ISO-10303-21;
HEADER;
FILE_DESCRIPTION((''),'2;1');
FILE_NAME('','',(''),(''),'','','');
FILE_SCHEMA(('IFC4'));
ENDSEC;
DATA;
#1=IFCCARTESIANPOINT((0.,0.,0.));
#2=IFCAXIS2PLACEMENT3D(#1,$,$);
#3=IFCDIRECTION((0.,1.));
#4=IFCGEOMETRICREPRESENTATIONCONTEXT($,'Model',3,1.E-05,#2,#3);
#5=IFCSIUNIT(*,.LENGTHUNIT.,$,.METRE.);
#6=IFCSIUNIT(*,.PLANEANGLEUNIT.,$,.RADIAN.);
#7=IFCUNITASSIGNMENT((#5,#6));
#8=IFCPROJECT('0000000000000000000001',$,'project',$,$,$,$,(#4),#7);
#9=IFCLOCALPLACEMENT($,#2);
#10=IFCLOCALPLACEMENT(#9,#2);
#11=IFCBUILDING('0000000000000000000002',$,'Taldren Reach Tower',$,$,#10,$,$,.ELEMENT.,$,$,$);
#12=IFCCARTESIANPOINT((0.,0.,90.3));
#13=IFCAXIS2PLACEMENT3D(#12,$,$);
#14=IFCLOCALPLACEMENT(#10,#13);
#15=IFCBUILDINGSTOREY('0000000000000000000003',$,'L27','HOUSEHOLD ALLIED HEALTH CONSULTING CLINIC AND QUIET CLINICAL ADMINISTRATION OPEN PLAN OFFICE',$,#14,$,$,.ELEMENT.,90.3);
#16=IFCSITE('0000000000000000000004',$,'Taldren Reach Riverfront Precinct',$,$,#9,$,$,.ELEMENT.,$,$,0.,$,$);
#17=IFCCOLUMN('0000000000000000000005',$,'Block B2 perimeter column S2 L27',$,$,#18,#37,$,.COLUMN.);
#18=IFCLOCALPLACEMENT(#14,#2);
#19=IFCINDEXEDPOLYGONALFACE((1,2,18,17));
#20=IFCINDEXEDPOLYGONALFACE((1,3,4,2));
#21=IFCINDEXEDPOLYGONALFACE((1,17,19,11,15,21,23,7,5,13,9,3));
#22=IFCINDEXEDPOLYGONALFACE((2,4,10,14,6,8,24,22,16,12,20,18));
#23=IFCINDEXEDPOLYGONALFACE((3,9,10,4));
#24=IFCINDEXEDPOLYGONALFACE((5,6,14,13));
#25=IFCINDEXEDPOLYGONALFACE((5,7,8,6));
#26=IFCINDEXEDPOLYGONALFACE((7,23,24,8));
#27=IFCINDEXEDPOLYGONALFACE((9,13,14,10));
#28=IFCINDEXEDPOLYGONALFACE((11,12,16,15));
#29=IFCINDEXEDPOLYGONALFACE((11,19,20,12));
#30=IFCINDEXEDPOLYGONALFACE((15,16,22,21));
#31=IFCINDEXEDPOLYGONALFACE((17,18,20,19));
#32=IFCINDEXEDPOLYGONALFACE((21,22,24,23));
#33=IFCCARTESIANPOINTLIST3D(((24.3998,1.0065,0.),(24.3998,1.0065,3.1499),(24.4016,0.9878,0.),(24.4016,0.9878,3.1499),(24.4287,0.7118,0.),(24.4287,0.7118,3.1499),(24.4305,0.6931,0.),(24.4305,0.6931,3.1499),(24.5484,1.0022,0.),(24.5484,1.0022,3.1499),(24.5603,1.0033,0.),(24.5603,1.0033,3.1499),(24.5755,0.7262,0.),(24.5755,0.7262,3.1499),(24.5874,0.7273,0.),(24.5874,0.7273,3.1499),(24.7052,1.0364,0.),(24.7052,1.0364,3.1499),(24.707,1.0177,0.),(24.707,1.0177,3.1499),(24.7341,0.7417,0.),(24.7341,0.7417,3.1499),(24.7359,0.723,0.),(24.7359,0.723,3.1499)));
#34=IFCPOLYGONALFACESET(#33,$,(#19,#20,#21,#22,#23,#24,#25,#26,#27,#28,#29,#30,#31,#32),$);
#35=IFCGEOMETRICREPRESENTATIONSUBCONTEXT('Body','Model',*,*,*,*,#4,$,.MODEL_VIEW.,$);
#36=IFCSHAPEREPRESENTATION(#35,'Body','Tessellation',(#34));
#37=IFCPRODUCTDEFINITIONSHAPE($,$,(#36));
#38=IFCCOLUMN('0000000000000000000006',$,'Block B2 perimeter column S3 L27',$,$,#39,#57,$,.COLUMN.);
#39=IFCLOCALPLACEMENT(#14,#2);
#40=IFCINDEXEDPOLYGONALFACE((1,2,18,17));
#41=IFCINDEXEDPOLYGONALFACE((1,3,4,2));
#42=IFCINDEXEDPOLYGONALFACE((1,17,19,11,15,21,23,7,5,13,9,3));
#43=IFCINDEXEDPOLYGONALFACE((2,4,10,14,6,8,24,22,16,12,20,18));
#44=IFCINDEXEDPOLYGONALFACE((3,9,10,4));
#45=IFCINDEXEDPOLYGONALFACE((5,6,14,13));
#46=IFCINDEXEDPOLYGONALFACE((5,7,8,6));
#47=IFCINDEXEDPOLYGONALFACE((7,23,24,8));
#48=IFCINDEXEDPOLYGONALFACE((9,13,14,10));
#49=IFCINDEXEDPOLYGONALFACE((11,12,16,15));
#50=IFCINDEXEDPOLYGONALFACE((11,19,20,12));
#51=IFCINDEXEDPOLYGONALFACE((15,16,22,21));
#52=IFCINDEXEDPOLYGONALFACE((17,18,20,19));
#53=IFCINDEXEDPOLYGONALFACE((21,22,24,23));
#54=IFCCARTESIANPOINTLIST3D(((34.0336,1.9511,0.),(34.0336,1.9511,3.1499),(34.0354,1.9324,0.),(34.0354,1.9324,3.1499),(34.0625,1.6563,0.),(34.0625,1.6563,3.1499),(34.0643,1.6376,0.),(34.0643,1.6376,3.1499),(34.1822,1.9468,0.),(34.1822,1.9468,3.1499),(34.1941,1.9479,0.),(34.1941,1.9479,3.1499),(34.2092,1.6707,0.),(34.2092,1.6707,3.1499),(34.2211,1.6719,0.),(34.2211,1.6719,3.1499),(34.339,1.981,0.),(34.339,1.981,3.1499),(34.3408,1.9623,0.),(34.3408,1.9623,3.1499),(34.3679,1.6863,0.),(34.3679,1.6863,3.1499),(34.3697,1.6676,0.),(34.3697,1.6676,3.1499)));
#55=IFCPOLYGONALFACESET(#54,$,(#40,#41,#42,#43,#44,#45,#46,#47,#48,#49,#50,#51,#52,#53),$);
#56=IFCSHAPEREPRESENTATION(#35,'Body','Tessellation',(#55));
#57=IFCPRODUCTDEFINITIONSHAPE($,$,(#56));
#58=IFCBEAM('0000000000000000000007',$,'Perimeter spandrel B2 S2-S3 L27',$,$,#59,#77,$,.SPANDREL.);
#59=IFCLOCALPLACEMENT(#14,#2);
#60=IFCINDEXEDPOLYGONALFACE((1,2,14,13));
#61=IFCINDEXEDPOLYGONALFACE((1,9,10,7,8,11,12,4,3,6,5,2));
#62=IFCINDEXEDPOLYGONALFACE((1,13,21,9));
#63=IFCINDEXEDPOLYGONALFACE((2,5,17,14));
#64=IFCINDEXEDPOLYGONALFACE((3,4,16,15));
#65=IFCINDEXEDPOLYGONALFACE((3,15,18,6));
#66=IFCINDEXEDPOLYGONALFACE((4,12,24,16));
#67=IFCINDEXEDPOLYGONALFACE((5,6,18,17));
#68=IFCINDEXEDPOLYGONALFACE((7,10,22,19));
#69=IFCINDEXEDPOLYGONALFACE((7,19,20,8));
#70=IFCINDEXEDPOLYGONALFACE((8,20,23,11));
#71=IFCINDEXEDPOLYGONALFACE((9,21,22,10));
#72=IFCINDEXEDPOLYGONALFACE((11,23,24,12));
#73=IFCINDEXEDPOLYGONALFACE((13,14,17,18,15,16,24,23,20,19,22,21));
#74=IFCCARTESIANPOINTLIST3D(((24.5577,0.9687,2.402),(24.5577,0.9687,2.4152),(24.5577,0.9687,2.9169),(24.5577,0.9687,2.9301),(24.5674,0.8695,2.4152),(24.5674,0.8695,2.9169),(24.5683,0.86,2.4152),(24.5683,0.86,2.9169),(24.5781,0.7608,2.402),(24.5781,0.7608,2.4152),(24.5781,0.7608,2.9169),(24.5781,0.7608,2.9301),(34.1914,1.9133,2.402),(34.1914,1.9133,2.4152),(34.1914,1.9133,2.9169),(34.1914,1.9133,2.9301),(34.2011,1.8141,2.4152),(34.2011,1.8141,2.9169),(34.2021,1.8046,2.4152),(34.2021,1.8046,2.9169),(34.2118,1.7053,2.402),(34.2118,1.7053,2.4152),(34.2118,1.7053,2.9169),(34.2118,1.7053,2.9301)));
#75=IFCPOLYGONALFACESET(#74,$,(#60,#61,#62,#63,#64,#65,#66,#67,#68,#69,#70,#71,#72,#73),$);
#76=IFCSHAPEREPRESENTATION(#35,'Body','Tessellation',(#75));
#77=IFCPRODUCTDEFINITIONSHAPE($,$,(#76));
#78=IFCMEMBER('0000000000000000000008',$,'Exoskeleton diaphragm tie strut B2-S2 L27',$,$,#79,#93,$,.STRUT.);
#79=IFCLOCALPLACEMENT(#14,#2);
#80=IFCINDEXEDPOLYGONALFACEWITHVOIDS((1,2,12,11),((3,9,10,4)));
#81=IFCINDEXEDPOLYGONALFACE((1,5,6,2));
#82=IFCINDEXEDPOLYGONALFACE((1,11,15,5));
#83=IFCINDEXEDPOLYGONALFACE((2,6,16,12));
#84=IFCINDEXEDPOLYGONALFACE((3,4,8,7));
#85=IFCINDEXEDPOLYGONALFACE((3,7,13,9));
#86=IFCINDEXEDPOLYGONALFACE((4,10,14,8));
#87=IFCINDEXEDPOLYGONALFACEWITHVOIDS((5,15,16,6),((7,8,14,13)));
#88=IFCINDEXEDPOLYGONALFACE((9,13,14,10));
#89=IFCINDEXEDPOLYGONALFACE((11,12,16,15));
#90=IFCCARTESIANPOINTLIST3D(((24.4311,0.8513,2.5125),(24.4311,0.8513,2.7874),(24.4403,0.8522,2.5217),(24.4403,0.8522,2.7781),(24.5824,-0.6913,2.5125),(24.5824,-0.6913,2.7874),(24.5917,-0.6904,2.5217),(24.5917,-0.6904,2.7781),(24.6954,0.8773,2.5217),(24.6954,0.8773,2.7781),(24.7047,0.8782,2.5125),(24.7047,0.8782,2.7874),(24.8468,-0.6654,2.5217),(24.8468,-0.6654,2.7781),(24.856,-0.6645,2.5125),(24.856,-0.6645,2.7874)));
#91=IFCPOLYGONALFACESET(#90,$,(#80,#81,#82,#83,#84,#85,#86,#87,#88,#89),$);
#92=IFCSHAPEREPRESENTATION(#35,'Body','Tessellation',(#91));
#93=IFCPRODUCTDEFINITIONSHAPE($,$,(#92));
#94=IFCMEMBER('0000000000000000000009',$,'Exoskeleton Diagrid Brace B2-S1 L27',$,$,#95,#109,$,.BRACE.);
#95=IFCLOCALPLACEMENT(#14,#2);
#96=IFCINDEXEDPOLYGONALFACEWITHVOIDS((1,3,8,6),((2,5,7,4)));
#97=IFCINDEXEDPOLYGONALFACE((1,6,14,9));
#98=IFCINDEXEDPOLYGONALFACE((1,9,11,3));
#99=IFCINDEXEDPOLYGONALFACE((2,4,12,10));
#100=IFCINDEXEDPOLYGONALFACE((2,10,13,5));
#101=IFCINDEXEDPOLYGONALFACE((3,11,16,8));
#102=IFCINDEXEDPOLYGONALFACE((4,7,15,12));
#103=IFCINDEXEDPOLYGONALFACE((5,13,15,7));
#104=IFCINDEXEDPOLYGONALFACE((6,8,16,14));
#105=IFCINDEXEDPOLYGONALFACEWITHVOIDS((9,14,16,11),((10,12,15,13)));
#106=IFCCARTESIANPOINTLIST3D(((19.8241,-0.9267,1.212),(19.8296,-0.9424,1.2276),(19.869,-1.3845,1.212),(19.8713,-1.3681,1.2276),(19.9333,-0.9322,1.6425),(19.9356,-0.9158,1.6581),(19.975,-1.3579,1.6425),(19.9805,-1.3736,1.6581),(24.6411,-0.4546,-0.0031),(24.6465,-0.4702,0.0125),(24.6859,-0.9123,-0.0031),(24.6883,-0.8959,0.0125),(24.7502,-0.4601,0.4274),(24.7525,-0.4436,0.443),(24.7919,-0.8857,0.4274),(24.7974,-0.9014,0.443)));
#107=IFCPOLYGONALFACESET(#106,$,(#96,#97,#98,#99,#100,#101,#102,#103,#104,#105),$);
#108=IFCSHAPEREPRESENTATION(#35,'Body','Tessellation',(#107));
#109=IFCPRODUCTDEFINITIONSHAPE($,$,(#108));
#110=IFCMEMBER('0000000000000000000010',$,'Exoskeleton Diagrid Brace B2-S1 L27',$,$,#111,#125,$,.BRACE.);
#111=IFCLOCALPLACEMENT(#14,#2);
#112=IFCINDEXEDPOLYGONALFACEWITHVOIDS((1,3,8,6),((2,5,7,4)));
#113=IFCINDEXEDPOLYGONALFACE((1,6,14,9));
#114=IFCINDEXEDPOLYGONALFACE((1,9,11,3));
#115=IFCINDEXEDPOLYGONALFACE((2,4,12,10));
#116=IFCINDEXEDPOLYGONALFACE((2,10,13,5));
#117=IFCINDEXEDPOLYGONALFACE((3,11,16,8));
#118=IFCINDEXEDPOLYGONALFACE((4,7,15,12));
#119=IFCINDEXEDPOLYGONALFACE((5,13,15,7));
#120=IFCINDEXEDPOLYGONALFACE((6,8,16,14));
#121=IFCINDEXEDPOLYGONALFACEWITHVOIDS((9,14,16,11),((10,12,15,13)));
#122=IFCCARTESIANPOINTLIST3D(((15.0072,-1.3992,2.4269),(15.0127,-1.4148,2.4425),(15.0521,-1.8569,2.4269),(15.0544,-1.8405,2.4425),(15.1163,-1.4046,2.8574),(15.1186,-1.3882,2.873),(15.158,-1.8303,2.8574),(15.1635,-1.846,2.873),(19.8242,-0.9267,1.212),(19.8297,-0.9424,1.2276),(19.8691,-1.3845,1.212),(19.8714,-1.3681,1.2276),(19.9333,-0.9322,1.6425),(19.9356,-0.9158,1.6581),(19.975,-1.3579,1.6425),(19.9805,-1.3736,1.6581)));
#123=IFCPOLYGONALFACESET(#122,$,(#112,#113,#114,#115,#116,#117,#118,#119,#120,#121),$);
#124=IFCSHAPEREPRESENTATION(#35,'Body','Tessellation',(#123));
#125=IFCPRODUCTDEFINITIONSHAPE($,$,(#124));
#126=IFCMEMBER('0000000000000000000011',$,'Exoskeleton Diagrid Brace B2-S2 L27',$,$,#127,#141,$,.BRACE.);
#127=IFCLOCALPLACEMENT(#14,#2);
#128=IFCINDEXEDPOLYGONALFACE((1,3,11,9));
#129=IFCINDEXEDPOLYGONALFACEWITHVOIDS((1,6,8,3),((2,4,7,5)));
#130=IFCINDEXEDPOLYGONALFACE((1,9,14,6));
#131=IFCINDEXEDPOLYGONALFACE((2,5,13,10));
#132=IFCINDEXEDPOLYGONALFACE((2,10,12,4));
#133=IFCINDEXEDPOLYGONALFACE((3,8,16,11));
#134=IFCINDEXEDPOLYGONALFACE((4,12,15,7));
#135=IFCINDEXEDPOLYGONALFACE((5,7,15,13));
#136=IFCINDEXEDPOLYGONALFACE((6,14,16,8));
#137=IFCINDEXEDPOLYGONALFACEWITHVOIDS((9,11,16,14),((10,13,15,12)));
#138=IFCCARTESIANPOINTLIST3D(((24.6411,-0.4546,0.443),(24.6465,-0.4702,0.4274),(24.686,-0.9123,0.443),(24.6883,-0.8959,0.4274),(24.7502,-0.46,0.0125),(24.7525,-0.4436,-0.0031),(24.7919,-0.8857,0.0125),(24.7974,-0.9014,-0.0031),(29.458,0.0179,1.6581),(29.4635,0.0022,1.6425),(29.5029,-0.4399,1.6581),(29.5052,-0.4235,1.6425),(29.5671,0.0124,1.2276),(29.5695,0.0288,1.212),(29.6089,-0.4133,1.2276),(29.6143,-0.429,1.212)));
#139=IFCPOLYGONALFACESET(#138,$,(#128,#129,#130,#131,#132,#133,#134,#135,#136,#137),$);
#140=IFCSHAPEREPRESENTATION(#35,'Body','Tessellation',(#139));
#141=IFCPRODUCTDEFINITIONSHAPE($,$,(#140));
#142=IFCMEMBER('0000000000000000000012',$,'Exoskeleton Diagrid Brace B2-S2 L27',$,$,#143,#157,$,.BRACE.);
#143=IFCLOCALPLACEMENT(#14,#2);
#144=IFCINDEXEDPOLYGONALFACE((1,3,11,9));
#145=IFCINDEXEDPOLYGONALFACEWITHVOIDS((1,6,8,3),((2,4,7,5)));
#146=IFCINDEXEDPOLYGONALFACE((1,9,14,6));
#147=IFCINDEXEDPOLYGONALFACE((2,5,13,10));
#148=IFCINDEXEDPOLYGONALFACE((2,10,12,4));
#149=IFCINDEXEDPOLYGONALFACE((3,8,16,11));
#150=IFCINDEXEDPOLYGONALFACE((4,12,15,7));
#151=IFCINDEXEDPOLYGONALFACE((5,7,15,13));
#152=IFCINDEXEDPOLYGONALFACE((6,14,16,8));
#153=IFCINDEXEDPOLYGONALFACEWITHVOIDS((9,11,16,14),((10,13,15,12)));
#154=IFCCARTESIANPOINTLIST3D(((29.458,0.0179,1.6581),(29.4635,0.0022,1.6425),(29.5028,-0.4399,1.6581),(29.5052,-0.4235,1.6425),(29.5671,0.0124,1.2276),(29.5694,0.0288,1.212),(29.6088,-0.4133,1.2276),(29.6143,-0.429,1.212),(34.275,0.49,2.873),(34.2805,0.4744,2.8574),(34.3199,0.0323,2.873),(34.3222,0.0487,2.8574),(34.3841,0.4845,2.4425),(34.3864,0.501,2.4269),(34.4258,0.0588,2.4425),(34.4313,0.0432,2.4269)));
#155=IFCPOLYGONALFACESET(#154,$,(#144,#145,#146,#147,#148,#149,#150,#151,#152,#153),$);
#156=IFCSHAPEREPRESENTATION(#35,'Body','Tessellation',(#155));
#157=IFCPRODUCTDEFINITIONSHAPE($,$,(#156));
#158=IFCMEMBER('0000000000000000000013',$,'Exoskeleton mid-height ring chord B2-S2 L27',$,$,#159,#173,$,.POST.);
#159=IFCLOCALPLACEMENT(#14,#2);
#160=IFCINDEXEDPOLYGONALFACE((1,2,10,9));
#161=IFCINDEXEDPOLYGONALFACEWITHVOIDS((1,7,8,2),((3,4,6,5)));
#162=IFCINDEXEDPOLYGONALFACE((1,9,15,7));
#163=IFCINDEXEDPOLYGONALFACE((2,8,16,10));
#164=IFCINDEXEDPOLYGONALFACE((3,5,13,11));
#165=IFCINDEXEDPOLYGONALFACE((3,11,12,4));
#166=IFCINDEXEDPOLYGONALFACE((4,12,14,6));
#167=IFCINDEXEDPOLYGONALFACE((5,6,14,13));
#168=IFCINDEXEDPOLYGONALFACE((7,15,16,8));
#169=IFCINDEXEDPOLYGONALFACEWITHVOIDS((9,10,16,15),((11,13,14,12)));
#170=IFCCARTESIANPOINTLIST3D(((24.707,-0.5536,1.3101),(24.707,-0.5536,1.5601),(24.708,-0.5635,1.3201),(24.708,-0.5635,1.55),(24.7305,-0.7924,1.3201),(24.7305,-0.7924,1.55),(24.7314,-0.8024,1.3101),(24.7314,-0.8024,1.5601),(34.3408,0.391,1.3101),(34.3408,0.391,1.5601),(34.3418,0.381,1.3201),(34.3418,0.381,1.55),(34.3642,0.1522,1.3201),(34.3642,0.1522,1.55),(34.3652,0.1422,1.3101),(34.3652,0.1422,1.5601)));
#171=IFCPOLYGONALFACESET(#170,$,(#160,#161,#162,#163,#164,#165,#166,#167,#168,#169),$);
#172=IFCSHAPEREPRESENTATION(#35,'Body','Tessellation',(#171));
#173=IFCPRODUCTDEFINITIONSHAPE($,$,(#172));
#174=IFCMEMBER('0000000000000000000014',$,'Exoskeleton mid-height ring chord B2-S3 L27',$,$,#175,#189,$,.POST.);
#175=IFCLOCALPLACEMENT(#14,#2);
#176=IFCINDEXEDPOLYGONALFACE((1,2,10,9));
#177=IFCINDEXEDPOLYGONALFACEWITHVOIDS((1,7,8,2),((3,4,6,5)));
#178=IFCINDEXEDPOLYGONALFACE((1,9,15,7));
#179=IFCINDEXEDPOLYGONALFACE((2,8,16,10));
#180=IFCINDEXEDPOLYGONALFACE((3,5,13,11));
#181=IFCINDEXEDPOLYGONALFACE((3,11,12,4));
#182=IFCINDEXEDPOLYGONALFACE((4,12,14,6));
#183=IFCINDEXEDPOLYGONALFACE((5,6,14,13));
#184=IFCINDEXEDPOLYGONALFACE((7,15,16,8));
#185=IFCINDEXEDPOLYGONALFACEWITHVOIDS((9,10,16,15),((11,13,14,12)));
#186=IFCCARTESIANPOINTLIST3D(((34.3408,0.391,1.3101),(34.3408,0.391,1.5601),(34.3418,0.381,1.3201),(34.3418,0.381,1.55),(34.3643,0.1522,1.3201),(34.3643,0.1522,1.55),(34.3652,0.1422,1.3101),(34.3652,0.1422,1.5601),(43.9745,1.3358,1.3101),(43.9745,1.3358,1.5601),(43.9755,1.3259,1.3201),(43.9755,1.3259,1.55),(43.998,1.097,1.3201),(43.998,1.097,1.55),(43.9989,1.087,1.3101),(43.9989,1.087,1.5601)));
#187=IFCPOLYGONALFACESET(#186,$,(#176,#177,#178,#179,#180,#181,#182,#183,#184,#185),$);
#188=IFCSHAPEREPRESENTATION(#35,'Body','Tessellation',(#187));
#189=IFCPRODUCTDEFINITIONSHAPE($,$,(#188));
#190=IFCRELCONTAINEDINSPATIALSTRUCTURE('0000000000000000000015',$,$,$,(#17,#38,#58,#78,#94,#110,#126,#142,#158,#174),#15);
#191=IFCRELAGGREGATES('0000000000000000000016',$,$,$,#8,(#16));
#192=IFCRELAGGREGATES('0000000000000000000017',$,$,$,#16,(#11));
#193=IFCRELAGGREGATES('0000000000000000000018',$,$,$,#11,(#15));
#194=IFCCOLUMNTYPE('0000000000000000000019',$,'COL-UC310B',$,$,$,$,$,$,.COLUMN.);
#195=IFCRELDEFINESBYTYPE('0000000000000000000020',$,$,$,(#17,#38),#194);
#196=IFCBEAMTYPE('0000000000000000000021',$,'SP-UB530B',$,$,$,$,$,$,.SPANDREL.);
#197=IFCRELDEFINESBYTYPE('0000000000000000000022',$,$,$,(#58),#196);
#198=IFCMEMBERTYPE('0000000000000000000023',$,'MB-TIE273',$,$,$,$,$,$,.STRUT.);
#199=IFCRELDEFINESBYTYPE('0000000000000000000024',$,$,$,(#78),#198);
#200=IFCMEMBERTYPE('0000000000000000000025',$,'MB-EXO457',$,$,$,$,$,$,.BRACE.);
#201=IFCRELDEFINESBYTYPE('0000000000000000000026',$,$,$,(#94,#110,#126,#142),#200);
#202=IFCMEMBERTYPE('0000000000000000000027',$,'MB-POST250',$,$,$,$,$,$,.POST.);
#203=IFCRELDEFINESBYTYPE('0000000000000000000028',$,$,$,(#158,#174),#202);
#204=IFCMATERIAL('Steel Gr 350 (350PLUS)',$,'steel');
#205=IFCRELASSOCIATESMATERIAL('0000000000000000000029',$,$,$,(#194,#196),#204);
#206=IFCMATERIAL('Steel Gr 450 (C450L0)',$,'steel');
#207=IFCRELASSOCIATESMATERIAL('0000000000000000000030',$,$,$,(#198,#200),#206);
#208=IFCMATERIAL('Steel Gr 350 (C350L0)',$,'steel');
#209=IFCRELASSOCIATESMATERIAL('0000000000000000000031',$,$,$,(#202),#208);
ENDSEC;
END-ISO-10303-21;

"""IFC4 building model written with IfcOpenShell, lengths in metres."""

from ifc_helpers import new_model, si_unit, direction, frame, origin, origin_2d, place, context, subcontext, project, spatial, hollow_rectangle, i_section, extrude, source, transform, mapped, material, material_profile, profile_set, type_object, element, save


model = new_model("IFC4")

# Units and contexts
model_context = context("Model", 3, precision=1e-05, world=origin(), true_north=direction((0.0, 1.0)))
body_context = subcontext(model_context, "Body", "Model", "MODEL_VIEW")
ifc_project = project(units=[si_unit("LENGTHUNIT", "METRE"), si_unit("PLANEANGLEUNIT", "RADIAN")], contexts=[model_context])

# Site, building, storey
site_placement = place(None, origin())
site = spatial("IfcSite", under=ifc_project, at=site_placement, Name="Taldren Reach Riverfront Precinct", CompositionType="ELEMENT", RefElevation=0.0)
building_placement = place(site_placement, origin())
building = spatial("IfcBuilding", under=site, at=building_placement, Name="Taldren Reach Tower", CompositionType="ELEMENT")
storey_placement = place(building_placement, frame((0.0, 0.0, 90.3)))
storey = spatial("IfcBuildingStorey", under=building, at=storey_placement, Name="L27", Description="HOUSEHOLD ALLIED HEALTH CONSULTING CLINIC AND QUIET CLINICAL ADMINISTRATION OPEN PLAN OFFICE", CompositionType="ELEMENT", Elevation=90.3)

# Columns
ifc_material_1 = material(Name="Steel Gr 350 (350PLUS)", Category="steel")
ifc_material_profile_1 = material_profile(ifc_material_1, i_section(OverallWidth=0.3069, OverallDepth=0.3149, WebThickness=0.012, FlangeThickness=0.0188, at=origin_2d()), Name="310UC118")
ifc_profile_set_1 = profile_set([ifc_material_profile_1], Name="Steel Gr 350 (350PLUS)")
column_type = type_object("IfcColumnType", Name="COL-UC310B", PredefinedType="COLUMN", material=ifc_profile_set_1)
shared_shape_1 = source(origin(), body_context, "Body", "SweptSolid", [
    extrude(i_section(OverallWidth=0.3069, OverallDepth=0.3149, WebThickness=0.012, FlangeThickness=0.0188, at=origin_2d()), origin(), (0.0, 0.0, 1.0), 3.1499),
])
for number, where, z_axis, x_axis, name in (
    (1, (24.5679, 0.8647, 0.0), (0.0, 0.0, 1.0), (0.995227, 0.097583, 0.0), "Block B2 perimeter column S2 L27"),
    (2, (34.2017, 1.8093, 0.0), (0.0, 0.0, 1.0), (0.995227, 0.097583, 0.0), "Block B2 perimeter column S3 L27"),
):
    element("IfcColumn", number, at=place(storey_placement, frame(where, z_axis=z_axis, x_axis=x_axis)), inside=storey, type_object=column_type, Name=name, PredefinedType="COLUMN", context=body_context, shape_type="MappedRepresentation", body=[
        mapped(shared_shape_1, transform((0.0, 0.0, 0.0), scale=1.0)),
    ])

# Beam
ifc_material_profile_2 = material_profile(ifc_material_1, i_section(OverallWidth=0.209, OverallDepth=0.5281, WebThickness=0.0095, FlangeThickness=0.0132, at=origin_2d()), Name="530UB82.0")
ifc_profile_set_2 = profile_set([ifc_material_profile_2], Name="Steel Gr 350 (350PLUS)")
beam_type = type_object("IfcBeamType", Name="SP-UB530B", PredefinedType="SPANDREL", material=ifc_profile_set_2)
shared_shape_2 = source(origin(), body_context, "Body", "SweptSolid", [
    extrude(i_section(OverallWidth=0.209, OverallDepth=0.5281, WebThickness=0.0095, FlangeThickness=0.0132, at=origin_2d()), origin(), (0.0, 0.0, 1.0), 9.6799),
])
beam_placement = place(storey_placement, frame((24.5679, 0.8647, 2.666), z_axis=(0.995228, 0.097581, 0.0), x_axis=(-0.097581, 0.995228, 0.0)))
element("IfcBeam", 3, at=beam_placement, inside=storey, type_object=beam_type, Name="Perimeter spandrel B2 S2-S3 L27", PredefinedType="SPANDREL", context=body_context, shape_type="MappedRepresentation", body=[
    mapped(shared_shape_2, transform((0.0, 0.0, 0.0), scale=1.0)),
])

# Members
ifc_material_2 = material(Name="Steel Gr 450 (C450L0)", Category="steel")
ifc_material_profile_3 = material_profile(ifc_material_2, hollow_rectangle(XDim=0.2749, YDim=0.2749, WallThickness=0.0093, at=origin_2d()), Name="275x275x9.3SHS")
ifc_profile_set_3 = profile_set([ifc_material_profile_3], Name="Steel Gr 450 (C450L0)")
member_type_1 = type_object("IfcMemberType", Name="MB-TIE273", PredefinedType="STRUT", material=ifc_profile_set_3)
shared_shape_3 = source(origin(), body_context, "Body", "SweptSolid", [
    extrude(hollow_rectangle(XDim=0.2749, YDim=0.2749, WallThickness=0.0093, at=origin_2d()), origin(), (0.0, 0.0, 1.0), 1.55),
])
member_1_placement = place(storey_placement, frame((24.5679, 0.8647, 2.6499), z_axis=(0.097648, -0.995221, 0.0), x_axis=(0.995221, 0.097648, 0.0)))
element("IfcMember", 4, at=member_1_placement, inside=storey, type_object=member_type_1, Name="Exoskeleton diaphragm tie strut B2-S2 L27", PredefinedType="STRUT", context=body_context, shape_type="MappedRepresentation", body=[
    mapped(shared_shape_3, transform((0.0, 0.0, 0.0), scale=1.0)),
])
ifc_material_profile_4 = material_profile(ifc_material_2, hollow_rectangle(XDim=0.46, YDim=0.46, WallThickness=0.0161, at=origin_2d()), Name="460x460x16.0SHS")
ifc_profile_set_4 = profile_set([ifc_material_profile_4], Name="Steel Gr 450 (C450L0)")
member_type_2 = type_object("IfcMemberType", Name="MB-EXO457", PredefinedType="BRACE", material=ifc_profile_set_4)
shared_shape_4 = source(origin(), body_context, "Body", "SweptSolid", [
    extrude(hollow_rectangle(XDim=0.46, YDim=0.46, WallThickness=0.0161, at=origin_2d()), origin(), (0.0, 0.0, 1.0), 4.9902),
])
for number, where, z_axis, x_axis, name in (
    (5, (24.7192, -0.678, 0.22), (-0.965276, -0.09462, 0.243496), (0.097556, -0.99523, 0.0), "Exoskeleton Diagrid Brace B2-S1 L27"),
    (6, (19.9023, -1.1501, 1.4351), (-0.965283, -0.094669, 0.243449), (0.097606, -0.995225, 0.0), "Exoskeleton Diagrid Brace B2-S1 L27"),
    (7, (24.7192, -0.678, 0.22), (0.965271, 0.094668, 0.243495), (-0.097606, 0.995225, 0.0), "Exoskeleton Diagrid Brace B2-S2 L27"),
    (8, (29.5361, -0.2056, 1.4351), (0.965287, 0.094621, 0.24345), (-0.097556, 0.99523, 0.0), "Exoskeleton Diagrid Brace B2-S2 L27"),
):
    element("IfcMember", number, at=place(storey_placement, frame(where, z_axis=z_axis, x_axis=x_axis)), inside=storey, type_object=member_type_2, Name=name, PredefinedType="BRACE", context=body_context, shape_type="MappedRepresentation", body=[
        mapped(shared_shape_4, transform((0.0, 0.0, 0.0), scale=1.0)),
    ])
ifc_material_3 = material(Name="Steel Gr 350 (C350L0)", Category="steel")
ifc_material_profile_5 = material_profile(ifc_material_3, hollow_rectangle(XDim=0.25, YDim=0.25, WallThickness=0.01, at=origin_2d()), Name="250x250x10.0SHS")
ifc_profile_set_5 = profile_set([ifc_material_profile_5], Name="Steel Gr 350 (C350L0)")
member_type_3 = type_object("IfcMemberType", Name="MB-POST250", PredefinedType="POST", material=ifc_profile_set_5)
shared_shape_5 = source(origin(), body_context, "Body", "SweptSolid", [
    extrude(hollow_rectangle(XDim=0.25, YDim=0.25, WallThickness=0.01, at=origin_2d()), origin(), (0.0, 0.0, 1.0), 9.6799),
])
for number, where, z_axis, x_axis, name in (
    (9, (24.7192, -0.678, 1.4351), (0.995228, 0.097581, 0.0), (-0.097581, 0.995228, 0.0), "Exoskeleton mid-height ring chord B2-S2 L27"),
    (10, (34.353, 0.2666, 1.4351), (0.995225, 0.097606, 0.0), (-0.097606, 0.995225, 0.0), "Exoskeleton mid-height ring chord B2-S3 L27"),
):
    element("IfcMember", number, at=place(storey_placement, frame(where, z_axis=z_axis, x_axis=x_axis)), inside=storey, type_object=member_type_3, Name=name, PredefinedType="POST", context=body_context, shape_type="MappedRepresentation", body=[
        mapped(shared_shape_5, transform((0.0, 0.0, 0.0), scale=1.0)),
    ])

save(model, "model.ifc")
